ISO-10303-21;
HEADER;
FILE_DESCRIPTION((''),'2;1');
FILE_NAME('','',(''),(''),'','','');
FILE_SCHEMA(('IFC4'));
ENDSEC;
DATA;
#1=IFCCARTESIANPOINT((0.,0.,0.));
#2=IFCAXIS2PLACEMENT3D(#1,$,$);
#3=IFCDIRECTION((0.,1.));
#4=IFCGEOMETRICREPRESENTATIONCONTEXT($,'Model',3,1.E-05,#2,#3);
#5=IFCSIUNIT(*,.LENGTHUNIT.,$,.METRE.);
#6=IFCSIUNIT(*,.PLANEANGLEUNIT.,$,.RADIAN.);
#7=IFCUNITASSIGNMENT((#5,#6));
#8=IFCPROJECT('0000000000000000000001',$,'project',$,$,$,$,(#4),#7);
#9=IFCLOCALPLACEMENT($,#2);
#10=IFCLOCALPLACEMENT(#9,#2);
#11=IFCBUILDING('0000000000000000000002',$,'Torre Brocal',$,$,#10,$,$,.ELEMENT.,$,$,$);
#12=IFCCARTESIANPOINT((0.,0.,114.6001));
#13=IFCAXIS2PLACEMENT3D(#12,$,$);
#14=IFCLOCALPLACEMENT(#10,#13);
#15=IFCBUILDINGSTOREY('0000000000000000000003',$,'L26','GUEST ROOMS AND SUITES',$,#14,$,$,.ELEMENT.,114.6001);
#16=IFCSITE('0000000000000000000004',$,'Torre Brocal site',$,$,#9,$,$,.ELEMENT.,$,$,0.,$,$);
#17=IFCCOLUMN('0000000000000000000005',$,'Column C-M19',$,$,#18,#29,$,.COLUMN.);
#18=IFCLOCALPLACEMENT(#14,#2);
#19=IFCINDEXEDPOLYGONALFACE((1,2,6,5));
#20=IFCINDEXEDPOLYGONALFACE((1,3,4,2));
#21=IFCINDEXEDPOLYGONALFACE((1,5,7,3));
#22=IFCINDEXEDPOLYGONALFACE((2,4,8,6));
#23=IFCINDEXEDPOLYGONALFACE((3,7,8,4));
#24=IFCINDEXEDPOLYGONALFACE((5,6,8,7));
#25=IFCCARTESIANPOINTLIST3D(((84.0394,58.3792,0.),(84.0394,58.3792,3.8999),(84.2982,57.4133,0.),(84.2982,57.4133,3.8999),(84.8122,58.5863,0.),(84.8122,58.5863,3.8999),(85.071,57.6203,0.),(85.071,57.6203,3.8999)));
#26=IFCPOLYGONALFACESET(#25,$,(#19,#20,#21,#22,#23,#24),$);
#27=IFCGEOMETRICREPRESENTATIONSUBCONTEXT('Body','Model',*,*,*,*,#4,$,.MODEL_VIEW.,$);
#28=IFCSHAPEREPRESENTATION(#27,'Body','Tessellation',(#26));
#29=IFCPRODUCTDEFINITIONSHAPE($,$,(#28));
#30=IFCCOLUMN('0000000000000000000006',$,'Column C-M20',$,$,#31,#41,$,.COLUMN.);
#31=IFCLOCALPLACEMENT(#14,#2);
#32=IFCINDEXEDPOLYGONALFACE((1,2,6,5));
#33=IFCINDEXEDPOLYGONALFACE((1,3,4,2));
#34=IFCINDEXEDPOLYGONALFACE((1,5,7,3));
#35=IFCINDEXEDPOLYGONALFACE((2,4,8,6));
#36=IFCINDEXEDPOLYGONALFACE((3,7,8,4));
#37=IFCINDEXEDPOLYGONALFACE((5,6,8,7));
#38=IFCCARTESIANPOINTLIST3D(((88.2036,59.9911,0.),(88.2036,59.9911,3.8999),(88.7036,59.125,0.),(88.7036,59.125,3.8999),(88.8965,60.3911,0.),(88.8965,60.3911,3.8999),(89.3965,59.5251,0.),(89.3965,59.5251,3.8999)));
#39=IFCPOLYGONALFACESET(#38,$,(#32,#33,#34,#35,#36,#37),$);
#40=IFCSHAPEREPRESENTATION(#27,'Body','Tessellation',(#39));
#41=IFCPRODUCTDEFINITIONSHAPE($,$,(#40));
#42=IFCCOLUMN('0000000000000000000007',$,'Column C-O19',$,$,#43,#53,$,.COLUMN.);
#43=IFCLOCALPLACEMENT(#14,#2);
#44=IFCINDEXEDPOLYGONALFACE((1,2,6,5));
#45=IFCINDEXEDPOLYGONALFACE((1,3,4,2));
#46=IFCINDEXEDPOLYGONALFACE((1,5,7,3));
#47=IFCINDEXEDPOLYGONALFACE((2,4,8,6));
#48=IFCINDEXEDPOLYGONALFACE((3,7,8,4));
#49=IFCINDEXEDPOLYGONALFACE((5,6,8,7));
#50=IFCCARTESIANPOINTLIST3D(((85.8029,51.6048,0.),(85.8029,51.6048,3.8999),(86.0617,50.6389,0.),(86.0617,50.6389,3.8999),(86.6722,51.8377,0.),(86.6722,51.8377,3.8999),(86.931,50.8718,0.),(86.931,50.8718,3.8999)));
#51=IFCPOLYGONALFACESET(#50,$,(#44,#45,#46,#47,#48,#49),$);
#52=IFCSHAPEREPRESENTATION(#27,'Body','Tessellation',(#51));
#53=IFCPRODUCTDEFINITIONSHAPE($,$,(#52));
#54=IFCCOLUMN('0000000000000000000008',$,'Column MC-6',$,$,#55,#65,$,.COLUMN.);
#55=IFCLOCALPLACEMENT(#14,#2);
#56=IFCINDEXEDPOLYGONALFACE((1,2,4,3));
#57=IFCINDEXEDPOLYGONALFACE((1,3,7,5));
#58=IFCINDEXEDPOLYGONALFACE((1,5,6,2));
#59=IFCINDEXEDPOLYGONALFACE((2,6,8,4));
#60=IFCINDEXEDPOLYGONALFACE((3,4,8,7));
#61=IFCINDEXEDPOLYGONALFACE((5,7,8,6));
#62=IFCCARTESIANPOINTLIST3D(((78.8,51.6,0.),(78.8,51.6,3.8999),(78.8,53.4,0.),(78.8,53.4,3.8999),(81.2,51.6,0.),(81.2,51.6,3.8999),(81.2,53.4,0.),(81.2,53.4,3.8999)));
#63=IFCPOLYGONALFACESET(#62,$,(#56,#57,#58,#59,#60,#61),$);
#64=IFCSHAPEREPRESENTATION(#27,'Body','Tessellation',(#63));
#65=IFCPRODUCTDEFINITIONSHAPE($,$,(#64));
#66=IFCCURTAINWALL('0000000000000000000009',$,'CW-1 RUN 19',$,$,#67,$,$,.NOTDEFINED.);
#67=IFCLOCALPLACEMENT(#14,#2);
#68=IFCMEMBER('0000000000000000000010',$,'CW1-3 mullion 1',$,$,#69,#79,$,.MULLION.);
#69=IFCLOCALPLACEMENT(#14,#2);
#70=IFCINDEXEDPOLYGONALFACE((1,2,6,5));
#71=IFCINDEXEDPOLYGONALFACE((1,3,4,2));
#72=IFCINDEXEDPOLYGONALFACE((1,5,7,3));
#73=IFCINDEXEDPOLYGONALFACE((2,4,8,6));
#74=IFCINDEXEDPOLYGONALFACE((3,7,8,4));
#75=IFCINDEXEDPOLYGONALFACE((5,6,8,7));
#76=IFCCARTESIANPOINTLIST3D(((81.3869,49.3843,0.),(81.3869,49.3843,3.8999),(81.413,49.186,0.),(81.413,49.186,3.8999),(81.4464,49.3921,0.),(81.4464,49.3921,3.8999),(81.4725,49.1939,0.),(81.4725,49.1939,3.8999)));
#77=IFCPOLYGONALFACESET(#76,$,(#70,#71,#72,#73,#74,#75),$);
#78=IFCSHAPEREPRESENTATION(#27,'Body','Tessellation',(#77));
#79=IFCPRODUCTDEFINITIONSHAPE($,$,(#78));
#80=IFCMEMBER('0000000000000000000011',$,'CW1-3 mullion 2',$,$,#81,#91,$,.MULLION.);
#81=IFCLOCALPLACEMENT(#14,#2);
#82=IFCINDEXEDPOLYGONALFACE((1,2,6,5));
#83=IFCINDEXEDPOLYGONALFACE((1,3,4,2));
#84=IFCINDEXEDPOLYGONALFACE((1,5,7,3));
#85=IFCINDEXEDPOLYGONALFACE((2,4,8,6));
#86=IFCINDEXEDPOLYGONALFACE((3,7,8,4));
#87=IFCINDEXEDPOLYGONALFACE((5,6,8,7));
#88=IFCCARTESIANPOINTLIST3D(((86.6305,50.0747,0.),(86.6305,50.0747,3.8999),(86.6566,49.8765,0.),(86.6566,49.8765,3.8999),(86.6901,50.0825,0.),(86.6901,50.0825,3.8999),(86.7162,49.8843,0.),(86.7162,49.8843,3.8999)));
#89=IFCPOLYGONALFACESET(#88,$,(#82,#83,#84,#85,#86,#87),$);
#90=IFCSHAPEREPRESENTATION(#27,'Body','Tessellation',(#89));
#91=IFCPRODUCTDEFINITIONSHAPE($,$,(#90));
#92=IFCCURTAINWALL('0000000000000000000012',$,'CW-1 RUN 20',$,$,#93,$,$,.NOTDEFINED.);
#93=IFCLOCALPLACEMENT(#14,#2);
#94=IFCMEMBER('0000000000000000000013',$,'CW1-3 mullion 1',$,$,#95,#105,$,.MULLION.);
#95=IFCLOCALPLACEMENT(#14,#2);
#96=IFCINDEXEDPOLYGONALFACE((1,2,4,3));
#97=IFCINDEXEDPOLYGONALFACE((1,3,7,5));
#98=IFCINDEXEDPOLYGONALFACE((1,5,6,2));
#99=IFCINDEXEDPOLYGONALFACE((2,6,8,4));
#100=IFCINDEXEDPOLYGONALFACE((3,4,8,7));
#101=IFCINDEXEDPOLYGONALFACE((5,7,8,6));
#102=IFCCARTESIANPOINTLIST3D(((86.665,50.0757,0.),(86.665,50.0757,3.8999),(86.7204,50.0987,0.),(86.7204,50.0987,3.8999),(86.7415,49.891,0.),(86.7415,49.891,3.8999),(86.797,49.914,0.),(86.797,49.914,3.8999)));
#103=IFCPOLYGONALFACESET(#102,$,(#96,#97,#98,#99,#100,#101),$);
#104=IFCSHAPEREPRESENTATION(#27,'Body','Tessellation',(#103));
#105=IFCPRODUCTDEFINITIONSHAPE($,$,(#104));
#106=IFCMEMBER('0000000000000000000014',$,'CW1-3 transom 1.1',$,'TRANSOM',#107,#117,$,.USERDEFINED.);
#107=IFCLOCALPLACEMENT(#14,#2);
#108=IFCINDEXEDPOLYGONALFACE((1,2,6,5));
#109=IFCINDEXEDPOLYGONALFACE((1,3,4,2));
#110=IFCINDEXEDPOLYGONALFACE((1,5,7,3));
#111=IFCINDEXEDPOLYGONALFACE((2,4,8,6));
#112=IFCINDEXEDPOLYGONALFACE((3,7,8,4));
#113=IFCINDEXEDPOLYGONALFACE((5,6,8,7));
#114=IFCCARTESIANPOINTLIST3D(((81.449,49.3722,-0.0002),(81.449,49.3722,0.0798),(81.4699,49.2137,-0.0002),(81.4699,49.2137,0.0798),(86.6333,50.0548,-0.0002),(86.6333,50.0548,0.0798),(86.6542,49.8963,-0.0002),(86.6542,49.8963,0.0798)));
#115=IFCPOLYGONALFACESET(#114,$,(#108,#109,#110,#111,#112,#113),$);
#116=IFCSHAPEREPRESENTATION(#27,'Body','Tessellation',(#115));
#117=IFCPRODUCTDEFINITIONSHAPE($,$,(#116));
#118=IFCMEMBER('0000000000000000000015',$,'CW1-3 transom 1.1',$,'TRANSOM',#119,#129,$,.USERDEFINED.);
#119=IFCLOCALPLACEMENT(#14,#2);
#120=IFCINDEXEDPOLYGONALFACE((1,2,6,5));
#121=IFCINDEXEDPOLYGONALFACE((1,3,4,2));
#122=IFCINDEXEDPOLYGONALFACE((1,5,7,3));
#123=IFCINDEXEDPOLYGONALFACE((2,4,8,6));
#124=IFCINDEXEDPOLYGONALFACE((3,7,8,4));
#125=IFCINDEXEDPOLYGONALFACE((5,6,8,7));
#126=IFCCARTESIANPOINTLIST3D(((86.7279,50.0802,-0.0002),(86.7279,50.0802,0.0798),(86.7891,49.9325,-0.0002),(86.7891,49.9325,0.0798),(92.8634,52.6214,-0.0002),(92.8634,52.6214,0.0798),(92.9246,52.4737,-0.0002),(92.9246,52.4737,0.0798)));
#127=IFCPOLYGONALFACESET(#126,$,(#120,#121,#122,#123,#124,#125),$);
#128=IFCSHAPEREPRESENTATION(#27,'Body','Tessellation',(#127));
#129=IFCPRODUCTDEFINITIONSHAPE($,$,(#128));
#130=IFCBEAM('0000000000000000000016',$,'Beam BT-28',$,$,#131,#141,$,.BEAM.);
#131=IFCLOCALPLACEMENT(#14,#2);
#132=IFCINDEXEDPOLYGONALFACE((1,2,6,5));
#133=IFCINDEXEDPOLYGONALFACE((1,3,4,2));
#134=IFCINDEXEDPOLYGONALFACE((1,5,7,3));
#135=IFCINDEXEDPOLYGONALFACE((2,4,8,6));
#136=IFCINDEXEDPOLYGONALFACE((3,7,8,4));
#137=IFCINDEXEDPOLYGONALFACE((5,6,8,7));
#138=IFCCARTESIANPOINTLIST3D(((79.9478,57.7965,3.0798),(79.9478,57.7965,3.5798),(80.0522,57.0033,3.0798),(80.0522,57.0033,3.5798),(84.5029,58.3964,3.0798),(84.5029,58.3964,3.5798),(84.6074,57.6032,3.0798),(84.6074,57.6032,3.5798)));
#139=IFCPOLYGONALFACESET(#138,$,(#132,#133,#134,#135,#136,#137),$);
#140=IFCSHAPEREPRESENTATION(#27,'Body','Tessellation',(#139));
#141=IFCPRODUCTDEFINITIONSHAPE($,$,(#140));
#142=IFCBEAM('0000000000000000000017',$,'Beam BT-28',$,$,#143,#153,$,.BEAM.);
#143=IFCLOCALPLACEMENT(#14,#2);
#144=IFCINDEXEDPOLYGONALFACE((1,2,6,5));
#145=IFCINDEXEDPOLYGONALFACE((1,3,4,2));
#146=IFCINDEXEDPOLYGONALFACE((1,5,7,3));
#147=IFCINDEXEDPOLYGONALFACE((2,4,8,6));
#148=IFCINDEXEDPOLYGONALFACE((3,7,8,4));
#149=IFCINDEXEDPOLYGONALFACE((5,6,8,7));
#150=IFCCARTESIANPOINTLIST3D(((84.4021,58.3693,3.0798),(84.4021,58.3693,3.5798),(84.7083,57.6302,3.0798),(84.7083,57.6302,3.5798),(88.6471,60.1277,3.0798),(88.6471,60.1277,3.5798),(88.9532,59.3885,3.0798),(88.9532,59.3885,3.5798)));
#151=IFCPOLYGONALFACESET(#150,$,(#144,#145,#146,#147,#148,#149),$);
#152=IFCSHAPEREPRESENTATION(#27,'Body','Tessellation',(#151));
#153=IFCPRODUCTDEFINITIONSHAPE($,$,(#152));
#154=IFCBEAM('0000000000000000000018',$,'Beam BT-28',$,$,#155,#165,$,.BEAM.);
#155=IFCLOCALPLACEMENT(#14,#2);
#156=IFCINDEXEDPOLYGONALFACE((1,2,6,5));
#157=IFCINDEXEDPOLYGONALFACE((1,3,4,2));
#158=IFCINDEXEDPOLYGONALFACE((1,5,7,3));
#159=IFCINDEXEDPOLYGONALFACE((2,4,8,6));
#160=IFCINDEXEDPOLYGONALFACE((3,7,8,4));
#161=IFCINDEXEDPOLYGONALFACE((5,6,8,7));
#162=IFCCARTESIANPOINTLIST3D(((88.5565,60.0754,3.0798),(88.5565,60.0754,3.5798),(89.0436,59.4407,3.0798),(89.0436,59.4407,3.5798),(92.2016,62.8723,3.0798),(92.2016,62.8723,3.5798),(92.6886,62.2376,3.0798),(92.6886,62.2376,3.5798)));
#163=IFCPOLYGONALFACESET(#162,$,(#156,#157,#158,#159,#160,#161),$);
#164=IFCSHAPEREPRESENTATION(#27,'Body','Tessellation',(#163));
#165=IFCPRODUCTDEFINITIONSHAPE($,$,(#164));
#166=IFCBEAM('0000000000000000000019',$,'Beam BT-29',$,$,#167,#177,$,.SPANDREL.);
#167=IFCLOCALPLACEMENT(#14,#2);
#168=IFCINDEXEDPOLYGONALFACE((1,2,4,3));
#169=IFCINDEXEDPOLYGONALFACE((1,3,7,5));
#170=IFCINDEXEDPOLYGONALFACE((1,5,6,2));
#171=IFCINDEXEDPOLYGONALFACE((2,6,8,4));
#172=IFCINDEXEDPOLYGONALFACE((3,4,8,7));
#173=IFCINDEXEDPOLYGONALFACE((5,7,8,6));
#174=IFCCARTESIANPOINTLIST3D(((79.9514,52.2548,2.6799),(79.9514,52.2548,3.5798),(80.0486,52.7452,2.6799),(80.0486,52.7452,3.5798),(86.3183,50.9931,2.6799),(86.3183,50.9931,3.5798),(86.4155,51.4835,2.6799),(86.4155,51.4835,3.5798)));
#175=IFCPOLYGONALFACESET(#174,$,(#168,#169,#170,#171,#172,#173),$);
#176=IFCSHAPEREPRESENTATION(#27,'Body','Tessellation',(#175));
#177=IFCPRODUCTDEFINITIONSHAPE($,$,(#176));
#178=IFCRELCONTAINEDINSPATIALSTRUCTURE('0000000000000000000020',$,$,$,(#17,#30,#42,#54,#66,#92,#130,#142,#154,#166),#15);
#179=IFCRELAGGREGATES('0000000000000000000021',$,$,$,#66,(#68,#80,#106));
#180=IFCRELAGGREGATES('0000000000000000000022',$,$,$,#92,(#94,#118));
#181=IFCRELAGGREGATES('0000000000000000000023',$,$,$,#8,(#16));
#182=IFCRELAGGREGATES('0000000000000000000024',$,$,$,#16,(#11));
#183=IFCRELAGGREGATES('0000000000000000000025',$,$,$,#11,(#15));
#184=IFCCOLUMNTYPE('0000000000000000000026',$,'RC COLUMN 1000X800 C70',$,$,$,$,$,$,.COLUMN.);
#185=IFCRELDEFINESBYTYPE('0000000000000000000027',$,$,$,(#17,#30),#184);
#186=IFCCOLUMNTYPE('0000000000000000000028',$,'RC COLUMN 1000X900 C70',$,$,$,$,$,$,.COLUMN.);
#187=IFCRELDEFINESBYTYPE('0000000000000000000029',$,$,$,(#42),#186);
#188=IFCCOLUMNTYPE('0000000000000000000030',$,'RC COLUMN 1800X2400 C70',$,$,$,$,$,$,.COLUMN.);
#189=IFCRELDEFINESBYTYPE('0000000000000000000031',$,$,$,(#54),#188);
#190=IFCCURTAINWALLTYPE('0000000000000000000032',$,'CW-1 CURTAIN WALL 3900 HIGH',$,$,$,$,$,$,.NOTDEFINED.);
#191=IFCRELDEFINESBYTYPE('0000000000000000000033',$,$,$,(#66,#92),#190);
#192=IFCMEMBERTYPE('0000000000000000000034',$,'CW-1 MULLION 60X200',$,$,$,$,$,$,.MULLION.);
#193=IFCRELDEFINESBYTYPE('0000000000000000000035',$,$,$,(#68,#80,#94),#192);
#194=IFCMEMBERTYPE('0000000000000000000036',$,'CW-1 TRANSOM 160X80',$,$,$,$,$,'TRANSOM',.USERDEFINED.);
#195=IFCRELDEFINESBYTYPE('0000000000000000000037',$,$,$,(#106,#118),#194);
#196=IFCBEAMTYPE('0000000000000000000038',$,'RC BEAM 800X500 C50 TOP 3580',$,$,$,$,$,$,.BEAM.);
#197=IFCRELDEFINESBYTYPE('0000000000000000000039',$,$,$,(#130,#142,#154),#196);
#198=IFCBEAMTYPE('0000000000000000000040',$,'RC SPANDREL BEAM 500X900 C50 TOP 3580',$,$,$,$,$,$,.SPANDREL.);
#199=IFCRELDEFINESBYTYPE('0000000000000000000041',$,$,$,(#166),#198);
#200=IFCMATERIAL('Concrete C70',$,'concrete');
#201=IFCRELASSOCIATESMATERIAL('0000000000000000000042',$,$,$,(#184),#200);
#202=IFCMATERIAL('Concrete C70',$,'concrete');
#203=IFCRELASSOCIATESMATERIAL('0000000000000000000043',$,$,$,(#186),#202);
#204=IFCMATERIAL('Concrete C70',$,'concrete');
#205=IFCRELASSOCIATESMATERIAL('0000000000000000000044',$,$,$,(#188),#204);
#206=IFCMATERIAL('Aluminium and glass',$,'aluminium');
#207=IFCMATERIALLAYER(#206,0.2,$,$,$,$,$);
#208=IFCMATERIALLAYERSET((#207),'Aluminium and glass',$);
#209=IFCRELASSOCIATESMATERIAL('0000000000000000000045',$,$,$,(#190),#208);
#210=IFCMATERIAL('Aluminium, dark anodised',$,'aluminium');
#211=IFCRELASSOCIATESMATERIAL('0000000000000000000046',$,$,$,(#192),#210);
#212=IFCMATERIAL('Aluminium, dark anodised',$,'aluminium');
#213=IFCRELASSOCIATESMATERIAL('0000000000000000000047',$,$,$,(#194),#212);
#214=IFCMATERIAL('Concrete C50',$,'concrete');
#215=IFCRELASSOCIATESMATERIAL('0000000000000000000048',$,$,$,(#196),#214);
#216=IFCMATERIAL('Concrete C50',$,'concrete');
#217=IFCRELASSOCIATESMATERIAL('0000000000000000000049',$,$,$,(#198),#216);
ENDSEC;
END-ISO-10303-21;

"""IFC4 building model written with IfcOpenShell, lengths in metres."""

from ifc_helpers import new_model, si_unit, direction, frame, origin, origin_2d, place, context, subcontext, project, spatial, rectangle, extrude, material, layer, layer_set, material_profile, profile_set, type_object, element, aggregate, save


model = new_model("IFC4")

# Units and contexts
model_context = context("Model", 3, precision=1e-05, world=origin(), true_north=direction((0.0, 1.0)))
body_context = subcontext(model_context, "Body", "Model", "MODEL_VIEW")
ifc_project = project(units=[si_unit("LENGTHUNIT", "METRE"), si_unit("PLANEANGLEUNIT", "RADIAN")], contexts=[model_context])

# Site, building, storey
site_placement = place(None, origin())
site = spatial("IfcSite", under=ifc_project, at=site_placement, Name="Torre Brocal site", CompositionType="ELEMENT", RefElevation=0.0)
building_placement = place(site_placement, origin())
building = spatial("IfcBuilding", under=site, at=building_placement, Name="Torre Brocal", CompositionType="ELEMENT")
storey_placement = place(building_placement, frame((0.0, 0.0, 114.6001)))
storey = spatial("IfcBuildingStorey", under=building, at=storey_placement, Name="L26", Description="GUEST ROOMS AND SUITES", CompositionType="ELEMENT", Elevation=114.6001)

# Columns
ifc_material_1 = material(Name="Concrete C70", Category="concrete")
ifc_material_profile_1 = material_profile(ifc_material_1, rectangle(XDim=1.0, YDim=0.8, at=origin_2d()), Name="RC 1000X800")
ifc_profile_set_1 = profile_set([ifc_material_profile_1], Name="Concrete C70")
column_type_1 = type_object("IfcColumnType", Name="RC COLUMN 1000X800 C70", PredefinedType="COLUMN", material=ifc_profile_set_1)
for number, where, z_axis, x_axis, name in (
    (1, (84.5552, 57.9998, 0.0), (0.0, 0.0, 1.0), (0.258819, -0.965926, 0.0), "Column C-M19"),
    (2, (88.8, 59.7581, 0.0), (0.0, 0.0, 1.0), (0.5, -0.866025, 0.0), "Column C-M20"),
):
    element("IfcColumn", number, at=place(storey_placement, frame(where, z_axis=z_axis, x_axis=x_axis)), inside=storey, type_object=column_type_1, Name=name, PredefinedType="COLUMN", context=body_context, shape_type="SweptSolid", body=[
        extrude(rectangle(XDim=1.0, YDim=0.8, at=origin_2d()), origin(), (0.0, 0.0, 1.0), 3.8999),
    ])
ifc_material_2 = material(Name="Concrete C70", Category="concrete")
ifc_material_profile_2 = material_profile(ifc_material_2, rectangle(XDim=1.0, YDim=0.8999, at=origin_2d()), Name="RC 1000X900")
ifc_profile_set_2 = profile_set([ifc_material_profile_2], Name="Concrete C70")
column_type_2 = type_object("IfcColumnType", Name="RC COLUMN 1000X900 C70", PredefinedType="COLUMN", material=ifc_profile_set_2)
column_1_placement = place(storey_placement, frame((86.3669, 51.2383, 0.0), z_axis=(0.0, 0.0, 1.0), x_axis=(0.258819, -0.965926, 0.0)))
element("IfcColumn", 3, at=column_1_placement, inside=storey, type_object=column_type_2, Name="Column C-O19", PredefinedType="COLUMN", context=body_context, shape_type="SweptSolid", body=[
    extrude(rectangle(XDim=1.0, YDim=0.8999, at=origin_2d()), origin(), (0.0, 0.0, 1.0), 3.8999),
])
ifc_material_3 = material(Name="Concrete C70", Category="concrete")
ifc_material_profile_3 = material_profile(ifc_material_3, rectangle(XDim=1.8, YDim=2.3999, at=origin_2d()), Name="RC 1800X2400")
ifc_profile_set_3 = profile_set([ifc_material_profile_3], Name="Concrete C70")
column_type_3 = type_object("IfcColumnType", Name="RC COLUMN 1800X2400 C70", PredefinedType="COLUMN", material=ifc_profile_set_3)
column_2_placement = place(storey_placement, frame((80.0, 52.5, 0.0), z_axis=(0.0, 0.0, 1.0), x_axis=(0.0, -1.0, 0.0)))
element("IfcColumn", 4, at=column_2_placement, inside=storey, type_object=column_type_3, Name="Column MC-6", PredefinedType="COLUMN", context=body_context, shape_type="SweptSolid", body=[
    extrude(rectangle(XDim=1.8, YDim=2.3999, at=origin_2d()), origin(), (0.0, 0.0, 1.0), 3.8999),
])

# Curtain wall, members
ifc_material_4 = material(Name="Aluminium and glass", Category="aluminium")
ifc_layer_1 = layer(ifc_material_4, 0.2)
ifc_layer_set_1 = layer_set([ifc_layer_1], Name="Aluminium and glass")
curtain_wall_type = type_object("IfcCurtainWallType", Name="CW-1 CURTAIN WALL 3900 HIGH", PredefinedType="NOTDEFINED", material=ifc_layer_set_1)
curtain_wall_1_placement = place(storey_placement, origin())
curtain_wall_1 = element("IfcCurtainWall", 5, at=curtain_wall_1_placement, inside=storey, type_object=curtain_wall_type, Name="CW-1 RUN 19", PredefinedType="NOTDEFINED")
ifc_material_5 = material(Name="Aluminium, dark anodised", Category="aluminium")
ifc_material_profile_4 = material_profile(ifc_material_5, rectangle(XDim=0.2, YDim=0.0601, at=origin_2d()), Name="CW-1 MULLION 60X200")
ifc_profile_set_4 = profile_set([ifc_material_profile_4], Name="Aluminium, dark anodised")
member_type_1 = type_object("IfcMemberType", Name="CW-1 MULLION 60X200", PredefinedType="MULLION", material=ifc_profile_set_4)
member_1_placement = place(storey_placement, frame((81.4297, 49.2891, 0.0), z_axis=(0.0, 0.0, 1.0), x_axis=(-0.130526, 0.991445, 0.0)))
member_1 = element("IfcMember", 6, at=member_1_placement, type_object=member_type_1, Name="CW1-3 mullion 1", PredefinedType="MULLION", context=body_context, shape_type="SweptSolid", body=[
    extrude(rectangle(XDim=0.2, YDim=0.0601, at=origin_2d()), origin(), (0.0, 0.0, 1.0), 3.8999),
])
member_2_placement = place(storey_placement, frame((86.6733, 49.9795, 0.0), z_axis=(0.0, 0.0, 1.0), x_axis=(-0.130526, 0.991445, 0.0)))
member_2 = element("IfcMember", 7, at=member_2_placement, type_object=member_type_1, Name="CW1-3 mullion 2", PredefinedType="MULLION", context=body_context, shape_type="SweptSolid", body=[
    extrude(rectangle(XDim=0.2, YDim=0.0601, at=origin_2d()), origin(), (0.0, 0.0, 1.0), 3.8999),
])

# Curtain wall, member
curtain_wall_2_placement = place(storey_placement, origin())
curtain_wall_2 = element("IfcCurtainWall", 8, at=curtain_wall_2_placement, inside=storey, type_object=curtain_wall_type, Name="CW-1 RUN 20", PredefinedType="NOTDEFINED")
member_3_placement = place(storey_placement, frame((86.731, 49.9949, 0.0), z_axis=(0.0, 0.0, 1.0), x_axis=(-0.382683, 0.92388, 0.0)))
member_3 = element("IfcMember", 9, at=member_3_placement, type_object=member_type_1, Name="CW1-3 mullion 1", PredefinedType="MULLION", context=body_context, shape_type="SweptSolid", body=[
    extrude(rectangle(XDim=0.2, YDim=0.0601, at=origin_2d()), origin(), (0.0, 0.0, 1.0), 3.8999),
])

# Members
ifc_material_6 = material(Name="Aluminium, dark anodised", Category="aluminium")
ifc_material_profile_5 = material_profile(ifc_material_6, rectangle(XDim=0.1599, YDim=0.0801, at=origin_2d()), Name="CW-1 TRANSOM 160X80")
ifc_profile_set_5 = profile_set([ifc_material_profile_5], Name="Aluminium, dark anodised")
member_type_2 = type_object("IfcMemberType", Name="CW-1 TRANSOM 160X80", ElementType="TRANSOM", PredefinedType="USERDEFINED", material=ifc_profile_set_5)
member_4_placement = place(storey_placement, frame((81.4595, 49.293, 0.0398), z_axis=(0.991443, 0.130543, 0.0), x_axis=(-0.130543, 0.991443, 0.0)))
member_4 = element("IfcMember", 10, at=member_4_placement, type_object=member_type_2, Name="CW1-3 transom 1.1", ObjectType="TRANSOM", PredefinedType="USERDEFINED", context=body_context, shape_type="SweptSolid", body=[
    extrude(rectangle(XDim=0.1599, YDim=0.0801, at=origin_2d()), origin(), (0.0, 0.0, 1.0), 5.229),
])
member_5_placement = place(storey_placement, frame((86.7585, 50.0063, 0.0398), z_axis=(0.923887, 0.382665, 0.0), x_axis=(-0.382665, 0.923887, 0.0)))
member_5 = element("IfcMember", 11, at=member_5_placement, type_object=member_type_2, Name="CW1-3 transom 1.1", ObjectType="TRANSOM", PredefinedType="USERDEFINED", context=body_context, shape_type="SweptSolid", body=[
    extrude(rectangle(XDim=0.1599, YDim=0.0801, at=origin_2d()), origin(), (0.0, 0.0, 1.0), 6.6409),
])

# Beams
ifc_material_7 = material(Name="Concrete C50", Category="concrete")
ifc_material_profile_6 = material_profile(ifc_material_7, rectangle(XDim=0.8, YDim=0.5, at=origin_2d()), Name="RC 800X500")
ifc_profile_set_6 = profile_set([ifc_material_profile_6], Name="Concrete C50")
beam_type_1 = type_object("IfcBeamType", Name="RC BEAM 800X500 C50 TOP 3580", PredefinedType="BEAM", material=ifc_profile_set_6)
beam_1_placement = place(storey_placement, frame((80.0, 57.3999, 3.3298), z_axis=(0.991441, 0.130559, 0.0), x_axis=(-0.130559, 0.991441, 0.0)))
element("IfcBeam", 12, at=beam_1_placement, inside=storey, type_object=beam_type_1, Name="Beam BT-28", PredefinedType="BEAM", context=body_context, shape_type="SweptSolid", body=[
    extrude(rectangle(XDim=0.8, YDim=0.5, at=origin_2d()), origin(), (0.0, 0.0, 1.0), 4.5945),
])
beam_2_placement = place(storey_placement, frame((84.5552, 57.9998, 3.3298), z_axis=(0.923878, 0.382687, 0.0), x_axis=(-0.382687, 0.923878, 0.0)))
element("IfcBeam", 13, at=beam_2_placement, inside=storey, type_object=beam_type_1, Name="Beam BT-28", PredefinedType="BEAM", context=body_context, shape_type="SweptSolid", body=[
    extrude(rectangle(XDim=0.8, YDim=0.5, at=origin_2d()), origin(), (0.0, 0.0, 1.0), 4.5947),
])
beam_3_placement = place(storey_placement, frame((88.8, 59.7581, 3.3298), z_axis=(0.793358, 0.608755, 0.0), x_axis=(-0.608755, 0.793358, 0.0)))
element("IfcBeam", 14, at=beam_3_placement, inside=storey, type_object=beam_type_1, Name="Beam BT-28", PredefinedType="BEAM", context=body_context, shape_type="SweptSolid", body=[
    extrude(rectangle(XDim=0.8, YDim=0.5, at=origin_2d()), origin(), (0.0, 0.0, 1.0), 4.5945),
])
ifc_material_8 = material(Name="Concrete C50", Category="concrete")
ifc_material_profile_7 = material_profile(ifc_material_8, rectangle(XDim=0.5, YDim=0.8999, at=origin_2d()), Name="RC 500X900")
ifc_profile_set_7 = profile_set([ifc_material_profile_7], Name="Concrete C50")
beam_type_2 = type_object("IfcBeamType", Name="RC SPANDREL BEAM 500X900 C50 TOP 3580", PredefinedType="SPANDREL", material=ifc_profile_set_7)
beam_4_placement = place(storey_placement, frame((80.0, 52.5, 3.1299), z_axis=(0.980925, -0.194387, 0.0), x_axis=(0.194387, 0.980925, 0.0)))
element("IfcBeam", 15, at=beam_4_placement, inside=storey, type_object=beam_type_2, Name="Beam BT-29", PredefinedType="SPANDREL", context=body_context, shape_type="SweptSolid", body=[
    extrude(rectangle(XDim=0.5, YDim=0.8999, at=origin_2d()), origin(), (0.0, 0.0, 1.0), 6.4907),
])

aggregate(curtain_wall_1, [member_1, member_2, member_4])
aggregate(curtain_wall_2, [member_3, member_5])

save(model, "model.ifc")
